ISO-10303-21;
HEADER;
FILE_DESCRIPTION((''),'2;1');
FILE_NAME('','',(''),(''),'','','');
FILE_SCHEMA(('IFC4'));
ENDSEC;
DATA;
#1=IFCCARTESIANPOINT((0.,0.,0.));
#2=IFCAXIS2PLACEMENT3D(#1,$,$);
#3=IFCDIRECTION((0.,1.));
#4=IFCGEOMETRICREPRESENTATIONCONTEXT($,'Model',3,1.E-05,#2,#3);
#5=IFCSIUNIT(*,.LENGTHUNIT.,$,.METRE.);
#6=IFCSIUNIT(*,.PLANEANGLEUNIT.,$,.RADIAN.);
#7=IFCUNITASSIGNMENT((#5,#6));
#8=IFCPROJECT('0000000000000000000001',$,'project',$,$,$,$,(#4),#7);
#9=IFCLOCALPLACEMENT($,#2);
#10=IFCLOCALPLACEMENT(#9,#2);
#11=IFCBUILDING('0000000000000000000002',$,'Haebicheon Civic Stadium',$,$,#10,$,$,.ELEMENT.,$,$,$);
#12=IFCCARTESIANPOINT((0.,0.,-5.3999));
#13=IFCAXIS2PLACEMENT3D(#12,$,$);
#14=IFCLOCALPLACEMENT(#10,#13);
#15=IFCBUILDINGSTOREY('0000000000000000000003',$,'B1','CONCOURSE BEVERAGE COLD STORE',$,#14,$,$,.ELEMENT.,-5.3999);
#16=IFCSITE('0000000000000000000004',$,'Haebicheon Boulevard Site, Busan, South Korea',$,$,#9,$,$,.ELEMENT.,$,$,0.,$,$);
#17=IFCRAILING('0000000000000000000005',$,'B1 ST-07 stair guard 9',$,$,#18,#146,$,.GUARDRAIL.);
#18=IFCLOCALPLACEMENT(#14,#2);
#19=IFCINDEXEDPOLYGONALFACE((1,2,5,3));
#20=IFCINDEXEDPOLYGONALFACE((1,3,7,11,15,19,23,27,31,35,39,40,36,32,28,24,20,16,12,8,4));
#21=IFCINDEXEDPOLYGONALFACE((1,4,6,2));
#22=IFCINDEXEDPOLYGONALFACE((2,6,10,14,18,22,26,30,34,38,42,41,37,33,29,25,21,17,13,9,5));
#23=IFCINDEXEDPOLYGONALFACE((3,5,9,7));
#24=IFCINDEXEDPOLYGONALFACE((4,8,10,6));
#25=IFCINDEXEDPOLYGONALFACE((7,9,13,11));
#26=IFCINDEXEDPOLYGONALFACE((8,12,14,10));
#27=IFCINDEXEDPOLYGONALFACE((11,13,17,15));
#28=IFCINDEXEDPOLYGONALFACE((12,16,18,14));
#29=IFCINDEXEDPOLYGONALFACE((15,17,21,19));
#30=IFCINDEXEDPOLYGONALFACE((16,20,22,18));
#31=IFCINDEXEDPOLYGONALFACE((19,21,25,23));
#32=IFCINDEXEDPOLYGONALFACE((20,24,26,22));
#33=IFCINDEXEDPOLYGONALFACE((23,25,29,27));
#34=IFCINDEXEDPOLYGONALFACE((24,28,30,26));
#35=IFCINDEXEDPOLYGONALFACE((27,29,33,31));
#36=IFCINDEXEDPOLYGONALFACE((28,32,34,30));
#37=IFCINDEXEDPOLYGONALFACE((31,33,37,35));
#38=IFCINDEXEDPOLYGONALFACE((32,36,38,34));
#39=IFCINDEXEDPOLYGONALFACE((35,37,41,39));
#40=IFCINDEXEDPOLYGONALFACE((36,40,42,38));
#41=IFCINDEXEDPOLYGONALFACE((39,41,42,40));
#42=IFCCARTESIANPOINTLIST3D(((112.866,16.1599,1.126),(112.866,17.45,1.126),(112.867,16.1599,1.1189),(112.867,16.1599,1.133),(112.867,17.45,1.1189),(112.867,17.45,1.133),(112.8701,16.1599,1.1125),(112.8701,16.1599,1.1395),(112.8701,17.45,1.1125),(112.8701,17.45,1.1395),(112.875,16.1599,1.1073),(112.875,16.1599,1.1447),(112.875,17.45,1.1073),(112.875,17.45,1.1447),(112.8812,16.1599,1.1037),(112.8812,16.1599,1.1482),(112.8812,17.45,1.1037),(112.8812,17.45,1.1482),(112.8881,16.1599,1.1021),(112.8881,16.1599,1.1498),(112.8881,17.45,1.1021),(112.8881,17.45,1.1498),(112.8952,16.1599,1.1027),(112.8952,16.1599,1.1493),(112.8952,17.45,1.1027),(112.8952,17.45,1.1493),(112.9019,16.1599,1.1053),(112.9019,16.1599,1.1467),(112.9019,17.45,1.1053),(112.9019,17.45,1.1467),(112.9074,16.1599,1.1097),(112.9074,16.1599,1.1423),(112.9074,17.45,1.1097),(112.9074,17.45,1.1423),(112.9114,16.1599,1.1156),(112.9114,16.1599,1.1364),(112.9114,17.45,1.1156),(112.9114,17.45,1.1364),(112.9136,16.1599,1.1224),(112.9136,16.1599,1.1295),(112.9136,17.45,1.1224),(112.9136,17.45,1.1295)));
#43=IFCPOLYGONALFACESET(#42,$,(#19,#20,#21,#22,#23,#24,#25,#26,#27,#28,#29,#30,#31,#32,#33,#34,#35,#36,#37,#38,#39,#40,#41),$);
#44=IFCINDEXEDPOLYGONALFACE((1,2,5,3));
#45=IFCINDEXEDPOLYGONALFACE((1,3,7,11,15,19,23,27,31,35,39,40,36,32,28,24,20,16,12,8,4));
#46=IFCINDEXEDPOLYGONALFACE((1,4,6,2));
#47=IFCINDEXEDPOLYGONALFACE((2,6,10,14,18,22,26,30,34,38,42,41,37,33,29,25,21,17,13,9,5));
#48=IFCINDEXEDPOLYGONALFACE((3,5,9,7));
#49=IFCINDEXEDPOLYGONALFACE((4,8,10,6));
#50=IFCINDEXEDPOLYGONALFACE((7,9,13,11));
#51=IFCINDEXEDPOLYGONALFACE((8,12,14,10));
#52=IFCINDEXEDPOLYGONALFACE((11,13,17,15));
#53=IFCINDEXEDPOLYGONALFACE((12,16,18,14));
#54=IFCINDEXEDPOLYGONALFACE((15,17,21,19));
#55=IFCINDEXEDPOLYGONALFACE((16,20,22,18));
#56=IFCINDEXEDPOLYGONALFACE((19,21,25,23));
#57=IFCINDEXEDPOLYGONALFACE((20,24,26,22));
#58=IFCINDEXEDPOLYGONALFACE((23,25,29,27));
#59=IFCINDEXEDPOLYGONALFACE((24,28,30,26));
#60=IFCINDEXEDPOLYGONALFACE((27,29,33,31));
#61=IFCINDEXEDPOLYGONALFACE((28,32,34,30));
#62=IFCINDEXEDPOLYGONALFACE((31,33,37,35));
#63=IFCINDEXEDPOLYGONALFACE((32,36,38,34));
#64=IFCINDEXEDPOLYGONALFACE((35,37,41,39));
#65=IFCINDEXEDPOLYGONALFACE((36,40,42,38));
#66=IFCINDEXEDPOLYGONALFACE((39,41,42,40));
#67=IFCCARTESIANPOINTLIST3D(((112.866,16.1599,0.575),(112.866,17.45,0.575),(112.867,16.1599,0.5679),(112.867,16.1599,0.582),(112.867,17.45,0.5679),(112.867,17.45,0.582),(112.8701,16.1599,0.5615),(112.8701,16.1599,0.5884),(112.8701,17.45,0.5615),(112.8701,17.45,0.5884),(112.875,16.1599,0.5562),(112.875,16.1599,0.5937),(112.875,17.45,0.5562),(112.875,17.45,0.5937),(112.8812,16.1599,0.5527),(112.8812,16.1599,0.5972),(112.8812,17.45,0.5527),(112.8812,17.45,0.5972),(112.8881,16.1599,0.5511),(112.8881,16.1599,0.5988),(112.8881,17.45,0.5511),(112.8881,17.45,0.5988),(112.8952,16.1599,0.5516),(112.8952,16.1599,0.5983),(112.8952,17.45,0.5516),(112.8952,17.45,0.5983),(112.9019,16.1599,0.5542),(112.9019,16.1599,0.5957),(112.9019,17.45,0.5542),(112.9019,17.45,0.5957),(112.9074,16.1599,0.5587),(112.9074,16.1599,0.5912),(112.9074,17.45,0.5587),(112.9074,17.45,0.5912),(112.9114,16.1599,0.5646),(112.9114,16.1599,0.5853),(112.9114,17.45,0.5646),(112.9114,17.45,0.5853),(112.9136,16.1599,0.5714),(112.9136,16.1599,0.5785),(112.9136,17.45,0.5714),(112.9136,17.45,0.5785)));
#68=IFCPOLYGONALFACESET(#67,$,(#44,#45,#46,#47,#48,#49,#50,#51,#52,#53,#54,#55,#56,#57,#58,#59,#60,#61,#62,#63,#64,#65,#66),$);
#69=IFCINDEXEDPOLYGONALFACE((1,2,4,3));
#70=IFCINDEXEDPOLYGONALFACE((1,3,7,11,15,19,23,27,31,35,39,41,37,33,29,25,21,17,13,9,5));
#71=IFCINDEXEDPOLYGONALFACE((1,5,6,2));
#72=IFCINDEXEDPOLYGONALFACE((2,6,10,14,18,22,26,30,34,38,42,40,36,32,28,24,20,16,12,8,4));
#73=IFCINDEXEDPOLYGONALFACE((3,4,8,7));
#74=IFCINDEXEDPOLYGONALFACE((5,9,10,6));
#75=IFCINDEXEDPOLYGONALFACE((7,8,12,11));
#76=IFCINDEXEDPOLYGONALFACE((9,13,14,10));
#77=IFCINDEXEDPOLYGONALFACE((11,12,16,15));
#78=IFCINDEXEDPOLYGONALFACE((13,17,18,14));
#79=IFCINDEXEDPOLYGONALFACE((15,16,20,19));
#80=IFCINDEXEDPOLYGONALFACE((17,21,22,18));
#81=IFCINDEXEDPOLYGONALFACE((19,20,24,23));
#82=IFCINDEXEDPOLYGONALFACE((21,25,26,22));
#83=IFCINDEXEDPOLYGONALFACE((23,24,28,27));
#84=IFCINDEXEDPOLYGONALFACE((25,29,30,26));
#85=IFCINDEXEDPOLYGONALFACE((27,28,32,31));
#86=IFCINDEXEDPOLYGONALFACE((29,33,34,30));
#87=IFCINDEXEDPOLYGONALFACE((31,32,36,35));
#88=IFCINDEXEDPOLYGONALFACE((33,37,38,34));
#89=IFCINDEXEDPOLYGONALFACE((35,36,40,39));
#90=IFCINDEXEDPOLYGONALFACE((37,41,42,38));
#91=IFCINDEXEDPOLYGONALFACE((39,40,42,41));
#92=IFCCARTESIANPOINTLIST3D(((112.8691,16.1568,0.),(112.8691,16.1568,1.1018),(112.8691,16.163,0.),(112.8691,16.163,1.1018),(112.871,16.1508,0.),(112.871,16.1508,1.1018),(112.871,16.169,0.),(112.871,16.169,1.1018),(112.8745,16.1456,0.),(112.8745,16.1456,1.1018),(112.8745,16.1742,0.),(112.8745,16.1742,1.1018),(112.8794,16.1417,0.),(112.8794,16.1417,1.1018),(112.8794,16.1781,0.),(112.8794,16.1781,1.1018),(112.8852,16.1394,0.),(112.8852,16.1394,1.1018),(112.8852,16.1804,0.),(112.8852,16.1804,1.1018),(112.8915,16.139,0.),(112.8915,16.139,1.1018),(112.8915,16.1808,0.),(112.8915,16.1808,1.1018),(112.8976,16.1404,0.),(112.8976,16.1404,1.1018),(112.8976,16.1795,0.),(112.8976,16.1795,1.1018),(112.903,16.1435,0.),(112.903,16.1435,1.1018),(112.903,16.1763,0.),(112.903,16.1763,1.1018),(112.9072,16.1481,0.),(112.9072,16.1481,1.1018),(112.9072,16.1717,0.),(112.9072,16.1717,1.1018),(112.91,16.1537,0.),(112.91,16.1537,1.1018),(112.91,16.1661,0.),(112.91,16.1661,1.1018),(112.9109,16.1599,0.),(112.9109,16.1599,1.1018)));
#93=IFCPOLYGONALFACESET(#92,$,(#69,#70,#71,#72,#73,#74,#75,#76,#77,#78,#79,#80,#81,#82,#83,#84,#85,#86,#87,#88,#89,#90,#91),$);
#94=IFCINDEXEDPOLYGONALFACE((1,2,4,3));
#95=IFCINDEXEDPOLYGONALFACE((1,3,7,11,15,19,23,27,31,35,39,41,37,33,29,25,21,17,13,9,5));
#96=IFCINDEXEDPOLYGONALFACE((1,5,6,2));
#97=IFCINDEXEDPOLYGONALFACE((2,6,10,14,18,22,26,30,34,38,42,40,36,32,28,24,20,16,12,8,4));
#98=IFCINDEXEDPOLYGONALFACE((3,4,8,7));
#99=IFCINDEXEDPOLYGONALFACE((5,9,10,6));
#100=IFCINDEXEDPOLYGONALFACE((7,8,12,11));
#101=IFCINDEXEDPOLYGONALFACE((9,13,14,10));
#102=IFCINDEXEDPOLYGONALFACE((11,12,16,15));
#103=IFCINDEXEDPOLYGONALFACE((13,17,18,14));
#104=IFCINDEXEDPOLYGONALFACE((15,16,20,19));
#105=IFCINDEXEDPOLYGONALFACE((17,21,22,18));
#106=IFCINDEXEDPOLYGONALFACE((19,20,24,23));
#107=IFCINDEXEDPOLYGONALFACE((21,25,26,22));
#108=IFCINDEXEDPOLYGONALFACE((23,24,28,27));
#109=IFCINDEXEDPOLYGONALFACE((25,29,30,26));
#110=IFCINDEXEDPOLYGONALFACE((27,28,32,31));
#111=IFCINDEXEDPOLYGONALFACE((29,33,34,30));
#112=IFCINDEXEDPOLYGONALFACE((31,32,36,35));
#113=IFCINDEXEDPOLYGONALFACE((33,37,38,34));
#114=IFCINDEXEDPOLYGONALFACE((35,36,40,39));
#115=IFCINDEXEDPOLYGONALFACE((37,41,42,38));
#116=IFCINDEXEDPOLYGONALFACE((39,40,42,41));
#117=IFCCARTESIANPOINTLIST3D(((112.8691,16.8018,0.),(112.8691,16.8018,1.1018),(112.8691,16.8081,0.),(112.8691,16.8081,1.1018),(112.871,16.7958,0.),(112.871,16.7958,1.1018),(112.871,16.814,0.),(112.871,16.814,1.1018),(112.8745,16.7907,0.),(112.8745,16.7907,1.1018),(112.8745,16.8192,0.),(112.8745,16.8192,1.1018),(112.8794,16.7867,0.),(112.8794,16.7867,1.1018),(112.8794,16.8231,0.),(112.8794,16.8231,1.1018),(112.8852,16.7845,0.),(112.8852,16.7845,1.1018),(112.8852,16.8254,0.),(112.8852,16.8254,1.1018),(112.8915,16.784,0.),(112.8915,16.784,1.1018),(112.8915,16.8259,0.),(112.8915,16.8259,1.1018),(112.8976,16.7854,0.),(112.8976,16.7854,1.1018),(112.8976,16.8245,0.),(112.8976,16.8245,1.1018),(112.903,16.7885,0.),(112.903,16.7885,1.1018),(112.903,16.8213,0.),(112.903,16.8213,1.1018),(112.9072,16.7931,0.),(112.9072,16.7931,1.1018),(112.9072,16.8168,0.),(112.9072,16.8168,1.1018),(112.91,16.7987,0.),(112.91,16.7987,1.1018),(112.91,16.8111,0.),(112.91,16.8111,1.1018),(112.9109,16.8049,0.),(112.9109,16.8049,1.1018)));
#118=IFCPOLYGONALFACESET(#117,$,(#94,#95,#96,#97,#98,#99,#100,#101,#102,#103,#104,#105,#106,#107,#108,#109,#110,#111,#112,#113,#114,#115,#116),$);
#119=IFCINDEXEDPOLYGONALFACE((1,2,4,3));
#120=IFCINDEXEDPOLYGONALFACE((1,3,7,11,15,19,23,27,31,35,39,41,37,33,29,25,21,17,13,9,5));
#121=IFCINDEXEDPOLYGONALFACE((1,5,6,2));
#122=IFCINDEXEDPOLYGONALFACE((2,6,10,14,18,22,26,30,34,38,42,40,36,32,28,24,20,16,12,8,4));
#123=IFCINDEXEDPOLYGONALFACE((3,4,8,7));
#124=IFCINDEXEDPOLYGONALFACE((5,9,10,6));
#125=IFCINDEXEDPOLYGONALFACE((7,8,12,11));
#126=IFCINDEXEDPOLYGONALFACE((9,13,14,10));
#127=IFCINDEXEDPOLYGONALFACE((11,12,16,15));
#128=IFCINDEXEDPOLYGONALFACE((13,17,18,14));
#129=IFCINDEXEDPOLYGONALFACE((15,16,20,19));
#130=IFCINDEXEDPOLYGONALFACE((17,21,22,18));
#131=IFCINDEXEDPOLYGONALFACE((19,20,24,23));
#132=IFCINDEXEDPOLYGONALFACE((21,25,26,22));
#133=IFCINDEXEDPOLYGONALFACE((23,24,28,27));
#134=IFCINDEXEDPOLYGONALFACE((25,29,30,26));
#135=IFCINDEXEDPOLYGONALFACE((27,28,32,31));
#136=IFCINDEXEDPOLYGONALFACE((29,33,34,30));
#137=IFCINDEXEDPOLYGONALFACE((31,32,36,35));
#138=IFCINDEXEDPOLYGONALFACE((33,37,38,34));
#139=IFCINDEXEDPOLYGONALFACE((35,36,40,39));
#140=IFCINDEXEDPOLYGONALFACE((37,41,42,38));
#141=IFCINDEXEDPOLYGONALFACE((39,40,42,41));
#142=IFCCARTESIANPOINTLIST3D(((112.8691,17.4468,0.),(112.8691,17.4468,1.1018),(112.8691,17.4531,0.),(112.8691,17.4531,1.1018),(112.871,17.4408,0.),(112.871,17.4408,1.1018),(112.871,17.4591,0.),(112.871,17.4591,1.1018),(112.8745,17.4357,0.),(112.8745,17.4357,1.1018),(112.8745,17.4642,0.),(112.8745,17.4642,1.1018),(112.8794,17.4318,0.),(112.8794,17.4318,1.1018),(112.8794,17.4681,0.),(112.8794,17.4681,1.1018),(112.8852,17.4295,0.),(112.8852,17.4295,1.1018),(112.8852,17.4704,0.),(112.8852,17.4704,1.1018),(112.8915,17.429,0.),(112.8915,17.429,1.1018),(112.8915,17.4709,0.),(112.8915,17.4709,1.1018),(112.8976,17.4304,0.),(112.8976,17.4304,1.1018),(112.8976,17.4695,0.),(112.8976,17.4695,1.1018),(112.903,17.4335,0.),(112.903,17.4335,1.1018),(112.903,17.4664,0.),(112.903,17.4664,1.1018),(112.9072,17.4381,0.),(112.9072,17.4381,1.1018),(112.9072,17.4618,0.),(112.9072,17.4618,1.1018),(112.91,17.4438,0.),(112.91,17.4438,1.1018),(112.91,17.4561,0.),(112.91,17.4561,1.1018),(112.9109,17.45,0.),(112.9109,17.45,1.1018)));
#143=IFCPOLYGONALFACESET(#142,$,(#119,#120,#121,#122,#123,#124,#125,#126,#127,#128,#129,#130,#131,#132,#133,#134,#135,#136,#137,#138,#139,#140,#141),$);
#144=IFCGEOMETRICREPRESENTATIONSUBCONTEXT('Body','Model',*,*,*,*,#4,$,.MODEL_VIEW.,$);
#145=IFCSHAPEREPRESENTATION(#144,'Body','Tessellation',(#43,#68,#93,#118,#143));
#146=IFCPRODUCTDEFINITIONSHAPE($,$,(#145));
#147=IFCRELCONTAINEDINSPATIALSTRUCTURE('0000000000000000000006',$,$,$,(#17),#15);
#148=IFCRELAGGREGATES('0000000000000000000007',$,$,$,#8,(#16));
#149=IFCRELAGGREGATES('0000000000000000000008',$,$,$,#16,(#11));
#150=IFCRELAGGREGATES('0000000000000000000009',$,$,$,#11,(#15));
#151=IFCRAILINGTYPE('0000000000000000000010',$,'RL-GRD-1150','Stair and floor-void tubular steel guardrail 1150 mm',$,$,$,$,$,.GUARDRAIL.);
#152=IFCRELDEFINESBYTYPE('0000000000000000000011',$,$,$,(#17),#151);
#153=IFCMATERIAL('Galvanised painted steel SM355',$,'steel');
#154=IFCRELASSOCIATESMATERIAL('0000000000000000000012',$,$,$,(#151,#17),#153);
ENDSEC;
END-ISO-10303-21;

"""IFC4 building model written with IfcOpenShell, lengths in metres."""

from ifc_helpers import new_model, si_unit, direction, frame, origin, origin_2d, place, context, subcontext, project, spatial, circle, extrude, material, type_object, element, save


model = new_model("IFC4")

# Units and contexts
model_context = context("Model", 3, precision=1e-05, world=origin(), true_north=direction((0.0, 1.0)))
body_context = subcontext(model_context, "Body", "Model", "MODEL_VIEW")
ifc_project = project(units=[si_unit("LENGTHUNIT", "METRE"), si_unit("PLANEANGLEUNIT", "RADIAN")], contexts=[model_context])

# Site, building, storey
site_placement = place(None, origin())
site = spatial("IfcSite", under=ifc_project, at=site_placement, Name="Haebicheon Boulevard Site, Busan, South Korea", CompositionType="ELEMENT", RefElevation=0.0)
building_placement = place(site_placement, origin())
building = spatial("IfcBuilding", under=site, at=building_placement, Name="Haebicheon Civic Stadium", CompositionType="ELEMENT")
storey_placement = place(building_placement, frame((0.0, 0.0, -5.3999)))
storey = spatial("IfcBuildingStorey", under=building, at=storey_placement, Name="B1", Description="CONCOURSE BEVERAGE COLD STORE", CompositionType="ELEMENT", Elevation=-5.3999)

# Railing
ifc_material_1 = material(Name="Galvanised painted steel SM355", Category="steel")
railing_type_1 = type_object("IfcRailingType", Name="RL-GRD-1150", Description="Stair and floor-void tubular steel guardrail 1150 mm", PredefinedType="GUARDRAIL", material=ifc_material_1)
railing_1_placement = place(storey_placement, frame((112.8899, 16.1599, 0.0)))
element("IfcRailing", 1, at=railing_1_placement, inside=storey, type_object=railing_type_1, material=ifc_material_1, Name="B1 ST-07 stair guard 9", PredefinedType="GUARDRAIL", context=body_context, shape_type="SweptSolid", body=[
    extrude(circle(Radius=0.0239, at=origin_2d()), frame((0.0, 0.0, 1.126), z_axis=(0.0, 1.0, 0.0), x_axis=(-1.0, 0.0, 0.0)), (0.0, 0.0, 1.0), 1.29),
    extrude(circle(Radius=0.0239, at=origin_2d()), frame((0.0, 0.0, 0.575), z_axis=(0.0, 1.0, 0.0), x_axis=(-1.0, 0.0, 0.0)), (0.0, 0.0, 1.0), 1.29),
    extrude(circle(Radius=0.021, at=origin_2d()), origin(), (0.0, 0.0, 1.0), 1.1018),
    extrude(circle(Radius=0.021, at=origin_2d()), frame((0.0, 0.645, 0.0)), (0.0, 0.0, 1.0), 1.1018),
    extrude(circle(Radius=0.021, at=origin_2d()), frame((0.0, 1.29, 0.0)), (0.0, 0.0, 1.0), 1.1018),
])

save(model, "model.ifc")
